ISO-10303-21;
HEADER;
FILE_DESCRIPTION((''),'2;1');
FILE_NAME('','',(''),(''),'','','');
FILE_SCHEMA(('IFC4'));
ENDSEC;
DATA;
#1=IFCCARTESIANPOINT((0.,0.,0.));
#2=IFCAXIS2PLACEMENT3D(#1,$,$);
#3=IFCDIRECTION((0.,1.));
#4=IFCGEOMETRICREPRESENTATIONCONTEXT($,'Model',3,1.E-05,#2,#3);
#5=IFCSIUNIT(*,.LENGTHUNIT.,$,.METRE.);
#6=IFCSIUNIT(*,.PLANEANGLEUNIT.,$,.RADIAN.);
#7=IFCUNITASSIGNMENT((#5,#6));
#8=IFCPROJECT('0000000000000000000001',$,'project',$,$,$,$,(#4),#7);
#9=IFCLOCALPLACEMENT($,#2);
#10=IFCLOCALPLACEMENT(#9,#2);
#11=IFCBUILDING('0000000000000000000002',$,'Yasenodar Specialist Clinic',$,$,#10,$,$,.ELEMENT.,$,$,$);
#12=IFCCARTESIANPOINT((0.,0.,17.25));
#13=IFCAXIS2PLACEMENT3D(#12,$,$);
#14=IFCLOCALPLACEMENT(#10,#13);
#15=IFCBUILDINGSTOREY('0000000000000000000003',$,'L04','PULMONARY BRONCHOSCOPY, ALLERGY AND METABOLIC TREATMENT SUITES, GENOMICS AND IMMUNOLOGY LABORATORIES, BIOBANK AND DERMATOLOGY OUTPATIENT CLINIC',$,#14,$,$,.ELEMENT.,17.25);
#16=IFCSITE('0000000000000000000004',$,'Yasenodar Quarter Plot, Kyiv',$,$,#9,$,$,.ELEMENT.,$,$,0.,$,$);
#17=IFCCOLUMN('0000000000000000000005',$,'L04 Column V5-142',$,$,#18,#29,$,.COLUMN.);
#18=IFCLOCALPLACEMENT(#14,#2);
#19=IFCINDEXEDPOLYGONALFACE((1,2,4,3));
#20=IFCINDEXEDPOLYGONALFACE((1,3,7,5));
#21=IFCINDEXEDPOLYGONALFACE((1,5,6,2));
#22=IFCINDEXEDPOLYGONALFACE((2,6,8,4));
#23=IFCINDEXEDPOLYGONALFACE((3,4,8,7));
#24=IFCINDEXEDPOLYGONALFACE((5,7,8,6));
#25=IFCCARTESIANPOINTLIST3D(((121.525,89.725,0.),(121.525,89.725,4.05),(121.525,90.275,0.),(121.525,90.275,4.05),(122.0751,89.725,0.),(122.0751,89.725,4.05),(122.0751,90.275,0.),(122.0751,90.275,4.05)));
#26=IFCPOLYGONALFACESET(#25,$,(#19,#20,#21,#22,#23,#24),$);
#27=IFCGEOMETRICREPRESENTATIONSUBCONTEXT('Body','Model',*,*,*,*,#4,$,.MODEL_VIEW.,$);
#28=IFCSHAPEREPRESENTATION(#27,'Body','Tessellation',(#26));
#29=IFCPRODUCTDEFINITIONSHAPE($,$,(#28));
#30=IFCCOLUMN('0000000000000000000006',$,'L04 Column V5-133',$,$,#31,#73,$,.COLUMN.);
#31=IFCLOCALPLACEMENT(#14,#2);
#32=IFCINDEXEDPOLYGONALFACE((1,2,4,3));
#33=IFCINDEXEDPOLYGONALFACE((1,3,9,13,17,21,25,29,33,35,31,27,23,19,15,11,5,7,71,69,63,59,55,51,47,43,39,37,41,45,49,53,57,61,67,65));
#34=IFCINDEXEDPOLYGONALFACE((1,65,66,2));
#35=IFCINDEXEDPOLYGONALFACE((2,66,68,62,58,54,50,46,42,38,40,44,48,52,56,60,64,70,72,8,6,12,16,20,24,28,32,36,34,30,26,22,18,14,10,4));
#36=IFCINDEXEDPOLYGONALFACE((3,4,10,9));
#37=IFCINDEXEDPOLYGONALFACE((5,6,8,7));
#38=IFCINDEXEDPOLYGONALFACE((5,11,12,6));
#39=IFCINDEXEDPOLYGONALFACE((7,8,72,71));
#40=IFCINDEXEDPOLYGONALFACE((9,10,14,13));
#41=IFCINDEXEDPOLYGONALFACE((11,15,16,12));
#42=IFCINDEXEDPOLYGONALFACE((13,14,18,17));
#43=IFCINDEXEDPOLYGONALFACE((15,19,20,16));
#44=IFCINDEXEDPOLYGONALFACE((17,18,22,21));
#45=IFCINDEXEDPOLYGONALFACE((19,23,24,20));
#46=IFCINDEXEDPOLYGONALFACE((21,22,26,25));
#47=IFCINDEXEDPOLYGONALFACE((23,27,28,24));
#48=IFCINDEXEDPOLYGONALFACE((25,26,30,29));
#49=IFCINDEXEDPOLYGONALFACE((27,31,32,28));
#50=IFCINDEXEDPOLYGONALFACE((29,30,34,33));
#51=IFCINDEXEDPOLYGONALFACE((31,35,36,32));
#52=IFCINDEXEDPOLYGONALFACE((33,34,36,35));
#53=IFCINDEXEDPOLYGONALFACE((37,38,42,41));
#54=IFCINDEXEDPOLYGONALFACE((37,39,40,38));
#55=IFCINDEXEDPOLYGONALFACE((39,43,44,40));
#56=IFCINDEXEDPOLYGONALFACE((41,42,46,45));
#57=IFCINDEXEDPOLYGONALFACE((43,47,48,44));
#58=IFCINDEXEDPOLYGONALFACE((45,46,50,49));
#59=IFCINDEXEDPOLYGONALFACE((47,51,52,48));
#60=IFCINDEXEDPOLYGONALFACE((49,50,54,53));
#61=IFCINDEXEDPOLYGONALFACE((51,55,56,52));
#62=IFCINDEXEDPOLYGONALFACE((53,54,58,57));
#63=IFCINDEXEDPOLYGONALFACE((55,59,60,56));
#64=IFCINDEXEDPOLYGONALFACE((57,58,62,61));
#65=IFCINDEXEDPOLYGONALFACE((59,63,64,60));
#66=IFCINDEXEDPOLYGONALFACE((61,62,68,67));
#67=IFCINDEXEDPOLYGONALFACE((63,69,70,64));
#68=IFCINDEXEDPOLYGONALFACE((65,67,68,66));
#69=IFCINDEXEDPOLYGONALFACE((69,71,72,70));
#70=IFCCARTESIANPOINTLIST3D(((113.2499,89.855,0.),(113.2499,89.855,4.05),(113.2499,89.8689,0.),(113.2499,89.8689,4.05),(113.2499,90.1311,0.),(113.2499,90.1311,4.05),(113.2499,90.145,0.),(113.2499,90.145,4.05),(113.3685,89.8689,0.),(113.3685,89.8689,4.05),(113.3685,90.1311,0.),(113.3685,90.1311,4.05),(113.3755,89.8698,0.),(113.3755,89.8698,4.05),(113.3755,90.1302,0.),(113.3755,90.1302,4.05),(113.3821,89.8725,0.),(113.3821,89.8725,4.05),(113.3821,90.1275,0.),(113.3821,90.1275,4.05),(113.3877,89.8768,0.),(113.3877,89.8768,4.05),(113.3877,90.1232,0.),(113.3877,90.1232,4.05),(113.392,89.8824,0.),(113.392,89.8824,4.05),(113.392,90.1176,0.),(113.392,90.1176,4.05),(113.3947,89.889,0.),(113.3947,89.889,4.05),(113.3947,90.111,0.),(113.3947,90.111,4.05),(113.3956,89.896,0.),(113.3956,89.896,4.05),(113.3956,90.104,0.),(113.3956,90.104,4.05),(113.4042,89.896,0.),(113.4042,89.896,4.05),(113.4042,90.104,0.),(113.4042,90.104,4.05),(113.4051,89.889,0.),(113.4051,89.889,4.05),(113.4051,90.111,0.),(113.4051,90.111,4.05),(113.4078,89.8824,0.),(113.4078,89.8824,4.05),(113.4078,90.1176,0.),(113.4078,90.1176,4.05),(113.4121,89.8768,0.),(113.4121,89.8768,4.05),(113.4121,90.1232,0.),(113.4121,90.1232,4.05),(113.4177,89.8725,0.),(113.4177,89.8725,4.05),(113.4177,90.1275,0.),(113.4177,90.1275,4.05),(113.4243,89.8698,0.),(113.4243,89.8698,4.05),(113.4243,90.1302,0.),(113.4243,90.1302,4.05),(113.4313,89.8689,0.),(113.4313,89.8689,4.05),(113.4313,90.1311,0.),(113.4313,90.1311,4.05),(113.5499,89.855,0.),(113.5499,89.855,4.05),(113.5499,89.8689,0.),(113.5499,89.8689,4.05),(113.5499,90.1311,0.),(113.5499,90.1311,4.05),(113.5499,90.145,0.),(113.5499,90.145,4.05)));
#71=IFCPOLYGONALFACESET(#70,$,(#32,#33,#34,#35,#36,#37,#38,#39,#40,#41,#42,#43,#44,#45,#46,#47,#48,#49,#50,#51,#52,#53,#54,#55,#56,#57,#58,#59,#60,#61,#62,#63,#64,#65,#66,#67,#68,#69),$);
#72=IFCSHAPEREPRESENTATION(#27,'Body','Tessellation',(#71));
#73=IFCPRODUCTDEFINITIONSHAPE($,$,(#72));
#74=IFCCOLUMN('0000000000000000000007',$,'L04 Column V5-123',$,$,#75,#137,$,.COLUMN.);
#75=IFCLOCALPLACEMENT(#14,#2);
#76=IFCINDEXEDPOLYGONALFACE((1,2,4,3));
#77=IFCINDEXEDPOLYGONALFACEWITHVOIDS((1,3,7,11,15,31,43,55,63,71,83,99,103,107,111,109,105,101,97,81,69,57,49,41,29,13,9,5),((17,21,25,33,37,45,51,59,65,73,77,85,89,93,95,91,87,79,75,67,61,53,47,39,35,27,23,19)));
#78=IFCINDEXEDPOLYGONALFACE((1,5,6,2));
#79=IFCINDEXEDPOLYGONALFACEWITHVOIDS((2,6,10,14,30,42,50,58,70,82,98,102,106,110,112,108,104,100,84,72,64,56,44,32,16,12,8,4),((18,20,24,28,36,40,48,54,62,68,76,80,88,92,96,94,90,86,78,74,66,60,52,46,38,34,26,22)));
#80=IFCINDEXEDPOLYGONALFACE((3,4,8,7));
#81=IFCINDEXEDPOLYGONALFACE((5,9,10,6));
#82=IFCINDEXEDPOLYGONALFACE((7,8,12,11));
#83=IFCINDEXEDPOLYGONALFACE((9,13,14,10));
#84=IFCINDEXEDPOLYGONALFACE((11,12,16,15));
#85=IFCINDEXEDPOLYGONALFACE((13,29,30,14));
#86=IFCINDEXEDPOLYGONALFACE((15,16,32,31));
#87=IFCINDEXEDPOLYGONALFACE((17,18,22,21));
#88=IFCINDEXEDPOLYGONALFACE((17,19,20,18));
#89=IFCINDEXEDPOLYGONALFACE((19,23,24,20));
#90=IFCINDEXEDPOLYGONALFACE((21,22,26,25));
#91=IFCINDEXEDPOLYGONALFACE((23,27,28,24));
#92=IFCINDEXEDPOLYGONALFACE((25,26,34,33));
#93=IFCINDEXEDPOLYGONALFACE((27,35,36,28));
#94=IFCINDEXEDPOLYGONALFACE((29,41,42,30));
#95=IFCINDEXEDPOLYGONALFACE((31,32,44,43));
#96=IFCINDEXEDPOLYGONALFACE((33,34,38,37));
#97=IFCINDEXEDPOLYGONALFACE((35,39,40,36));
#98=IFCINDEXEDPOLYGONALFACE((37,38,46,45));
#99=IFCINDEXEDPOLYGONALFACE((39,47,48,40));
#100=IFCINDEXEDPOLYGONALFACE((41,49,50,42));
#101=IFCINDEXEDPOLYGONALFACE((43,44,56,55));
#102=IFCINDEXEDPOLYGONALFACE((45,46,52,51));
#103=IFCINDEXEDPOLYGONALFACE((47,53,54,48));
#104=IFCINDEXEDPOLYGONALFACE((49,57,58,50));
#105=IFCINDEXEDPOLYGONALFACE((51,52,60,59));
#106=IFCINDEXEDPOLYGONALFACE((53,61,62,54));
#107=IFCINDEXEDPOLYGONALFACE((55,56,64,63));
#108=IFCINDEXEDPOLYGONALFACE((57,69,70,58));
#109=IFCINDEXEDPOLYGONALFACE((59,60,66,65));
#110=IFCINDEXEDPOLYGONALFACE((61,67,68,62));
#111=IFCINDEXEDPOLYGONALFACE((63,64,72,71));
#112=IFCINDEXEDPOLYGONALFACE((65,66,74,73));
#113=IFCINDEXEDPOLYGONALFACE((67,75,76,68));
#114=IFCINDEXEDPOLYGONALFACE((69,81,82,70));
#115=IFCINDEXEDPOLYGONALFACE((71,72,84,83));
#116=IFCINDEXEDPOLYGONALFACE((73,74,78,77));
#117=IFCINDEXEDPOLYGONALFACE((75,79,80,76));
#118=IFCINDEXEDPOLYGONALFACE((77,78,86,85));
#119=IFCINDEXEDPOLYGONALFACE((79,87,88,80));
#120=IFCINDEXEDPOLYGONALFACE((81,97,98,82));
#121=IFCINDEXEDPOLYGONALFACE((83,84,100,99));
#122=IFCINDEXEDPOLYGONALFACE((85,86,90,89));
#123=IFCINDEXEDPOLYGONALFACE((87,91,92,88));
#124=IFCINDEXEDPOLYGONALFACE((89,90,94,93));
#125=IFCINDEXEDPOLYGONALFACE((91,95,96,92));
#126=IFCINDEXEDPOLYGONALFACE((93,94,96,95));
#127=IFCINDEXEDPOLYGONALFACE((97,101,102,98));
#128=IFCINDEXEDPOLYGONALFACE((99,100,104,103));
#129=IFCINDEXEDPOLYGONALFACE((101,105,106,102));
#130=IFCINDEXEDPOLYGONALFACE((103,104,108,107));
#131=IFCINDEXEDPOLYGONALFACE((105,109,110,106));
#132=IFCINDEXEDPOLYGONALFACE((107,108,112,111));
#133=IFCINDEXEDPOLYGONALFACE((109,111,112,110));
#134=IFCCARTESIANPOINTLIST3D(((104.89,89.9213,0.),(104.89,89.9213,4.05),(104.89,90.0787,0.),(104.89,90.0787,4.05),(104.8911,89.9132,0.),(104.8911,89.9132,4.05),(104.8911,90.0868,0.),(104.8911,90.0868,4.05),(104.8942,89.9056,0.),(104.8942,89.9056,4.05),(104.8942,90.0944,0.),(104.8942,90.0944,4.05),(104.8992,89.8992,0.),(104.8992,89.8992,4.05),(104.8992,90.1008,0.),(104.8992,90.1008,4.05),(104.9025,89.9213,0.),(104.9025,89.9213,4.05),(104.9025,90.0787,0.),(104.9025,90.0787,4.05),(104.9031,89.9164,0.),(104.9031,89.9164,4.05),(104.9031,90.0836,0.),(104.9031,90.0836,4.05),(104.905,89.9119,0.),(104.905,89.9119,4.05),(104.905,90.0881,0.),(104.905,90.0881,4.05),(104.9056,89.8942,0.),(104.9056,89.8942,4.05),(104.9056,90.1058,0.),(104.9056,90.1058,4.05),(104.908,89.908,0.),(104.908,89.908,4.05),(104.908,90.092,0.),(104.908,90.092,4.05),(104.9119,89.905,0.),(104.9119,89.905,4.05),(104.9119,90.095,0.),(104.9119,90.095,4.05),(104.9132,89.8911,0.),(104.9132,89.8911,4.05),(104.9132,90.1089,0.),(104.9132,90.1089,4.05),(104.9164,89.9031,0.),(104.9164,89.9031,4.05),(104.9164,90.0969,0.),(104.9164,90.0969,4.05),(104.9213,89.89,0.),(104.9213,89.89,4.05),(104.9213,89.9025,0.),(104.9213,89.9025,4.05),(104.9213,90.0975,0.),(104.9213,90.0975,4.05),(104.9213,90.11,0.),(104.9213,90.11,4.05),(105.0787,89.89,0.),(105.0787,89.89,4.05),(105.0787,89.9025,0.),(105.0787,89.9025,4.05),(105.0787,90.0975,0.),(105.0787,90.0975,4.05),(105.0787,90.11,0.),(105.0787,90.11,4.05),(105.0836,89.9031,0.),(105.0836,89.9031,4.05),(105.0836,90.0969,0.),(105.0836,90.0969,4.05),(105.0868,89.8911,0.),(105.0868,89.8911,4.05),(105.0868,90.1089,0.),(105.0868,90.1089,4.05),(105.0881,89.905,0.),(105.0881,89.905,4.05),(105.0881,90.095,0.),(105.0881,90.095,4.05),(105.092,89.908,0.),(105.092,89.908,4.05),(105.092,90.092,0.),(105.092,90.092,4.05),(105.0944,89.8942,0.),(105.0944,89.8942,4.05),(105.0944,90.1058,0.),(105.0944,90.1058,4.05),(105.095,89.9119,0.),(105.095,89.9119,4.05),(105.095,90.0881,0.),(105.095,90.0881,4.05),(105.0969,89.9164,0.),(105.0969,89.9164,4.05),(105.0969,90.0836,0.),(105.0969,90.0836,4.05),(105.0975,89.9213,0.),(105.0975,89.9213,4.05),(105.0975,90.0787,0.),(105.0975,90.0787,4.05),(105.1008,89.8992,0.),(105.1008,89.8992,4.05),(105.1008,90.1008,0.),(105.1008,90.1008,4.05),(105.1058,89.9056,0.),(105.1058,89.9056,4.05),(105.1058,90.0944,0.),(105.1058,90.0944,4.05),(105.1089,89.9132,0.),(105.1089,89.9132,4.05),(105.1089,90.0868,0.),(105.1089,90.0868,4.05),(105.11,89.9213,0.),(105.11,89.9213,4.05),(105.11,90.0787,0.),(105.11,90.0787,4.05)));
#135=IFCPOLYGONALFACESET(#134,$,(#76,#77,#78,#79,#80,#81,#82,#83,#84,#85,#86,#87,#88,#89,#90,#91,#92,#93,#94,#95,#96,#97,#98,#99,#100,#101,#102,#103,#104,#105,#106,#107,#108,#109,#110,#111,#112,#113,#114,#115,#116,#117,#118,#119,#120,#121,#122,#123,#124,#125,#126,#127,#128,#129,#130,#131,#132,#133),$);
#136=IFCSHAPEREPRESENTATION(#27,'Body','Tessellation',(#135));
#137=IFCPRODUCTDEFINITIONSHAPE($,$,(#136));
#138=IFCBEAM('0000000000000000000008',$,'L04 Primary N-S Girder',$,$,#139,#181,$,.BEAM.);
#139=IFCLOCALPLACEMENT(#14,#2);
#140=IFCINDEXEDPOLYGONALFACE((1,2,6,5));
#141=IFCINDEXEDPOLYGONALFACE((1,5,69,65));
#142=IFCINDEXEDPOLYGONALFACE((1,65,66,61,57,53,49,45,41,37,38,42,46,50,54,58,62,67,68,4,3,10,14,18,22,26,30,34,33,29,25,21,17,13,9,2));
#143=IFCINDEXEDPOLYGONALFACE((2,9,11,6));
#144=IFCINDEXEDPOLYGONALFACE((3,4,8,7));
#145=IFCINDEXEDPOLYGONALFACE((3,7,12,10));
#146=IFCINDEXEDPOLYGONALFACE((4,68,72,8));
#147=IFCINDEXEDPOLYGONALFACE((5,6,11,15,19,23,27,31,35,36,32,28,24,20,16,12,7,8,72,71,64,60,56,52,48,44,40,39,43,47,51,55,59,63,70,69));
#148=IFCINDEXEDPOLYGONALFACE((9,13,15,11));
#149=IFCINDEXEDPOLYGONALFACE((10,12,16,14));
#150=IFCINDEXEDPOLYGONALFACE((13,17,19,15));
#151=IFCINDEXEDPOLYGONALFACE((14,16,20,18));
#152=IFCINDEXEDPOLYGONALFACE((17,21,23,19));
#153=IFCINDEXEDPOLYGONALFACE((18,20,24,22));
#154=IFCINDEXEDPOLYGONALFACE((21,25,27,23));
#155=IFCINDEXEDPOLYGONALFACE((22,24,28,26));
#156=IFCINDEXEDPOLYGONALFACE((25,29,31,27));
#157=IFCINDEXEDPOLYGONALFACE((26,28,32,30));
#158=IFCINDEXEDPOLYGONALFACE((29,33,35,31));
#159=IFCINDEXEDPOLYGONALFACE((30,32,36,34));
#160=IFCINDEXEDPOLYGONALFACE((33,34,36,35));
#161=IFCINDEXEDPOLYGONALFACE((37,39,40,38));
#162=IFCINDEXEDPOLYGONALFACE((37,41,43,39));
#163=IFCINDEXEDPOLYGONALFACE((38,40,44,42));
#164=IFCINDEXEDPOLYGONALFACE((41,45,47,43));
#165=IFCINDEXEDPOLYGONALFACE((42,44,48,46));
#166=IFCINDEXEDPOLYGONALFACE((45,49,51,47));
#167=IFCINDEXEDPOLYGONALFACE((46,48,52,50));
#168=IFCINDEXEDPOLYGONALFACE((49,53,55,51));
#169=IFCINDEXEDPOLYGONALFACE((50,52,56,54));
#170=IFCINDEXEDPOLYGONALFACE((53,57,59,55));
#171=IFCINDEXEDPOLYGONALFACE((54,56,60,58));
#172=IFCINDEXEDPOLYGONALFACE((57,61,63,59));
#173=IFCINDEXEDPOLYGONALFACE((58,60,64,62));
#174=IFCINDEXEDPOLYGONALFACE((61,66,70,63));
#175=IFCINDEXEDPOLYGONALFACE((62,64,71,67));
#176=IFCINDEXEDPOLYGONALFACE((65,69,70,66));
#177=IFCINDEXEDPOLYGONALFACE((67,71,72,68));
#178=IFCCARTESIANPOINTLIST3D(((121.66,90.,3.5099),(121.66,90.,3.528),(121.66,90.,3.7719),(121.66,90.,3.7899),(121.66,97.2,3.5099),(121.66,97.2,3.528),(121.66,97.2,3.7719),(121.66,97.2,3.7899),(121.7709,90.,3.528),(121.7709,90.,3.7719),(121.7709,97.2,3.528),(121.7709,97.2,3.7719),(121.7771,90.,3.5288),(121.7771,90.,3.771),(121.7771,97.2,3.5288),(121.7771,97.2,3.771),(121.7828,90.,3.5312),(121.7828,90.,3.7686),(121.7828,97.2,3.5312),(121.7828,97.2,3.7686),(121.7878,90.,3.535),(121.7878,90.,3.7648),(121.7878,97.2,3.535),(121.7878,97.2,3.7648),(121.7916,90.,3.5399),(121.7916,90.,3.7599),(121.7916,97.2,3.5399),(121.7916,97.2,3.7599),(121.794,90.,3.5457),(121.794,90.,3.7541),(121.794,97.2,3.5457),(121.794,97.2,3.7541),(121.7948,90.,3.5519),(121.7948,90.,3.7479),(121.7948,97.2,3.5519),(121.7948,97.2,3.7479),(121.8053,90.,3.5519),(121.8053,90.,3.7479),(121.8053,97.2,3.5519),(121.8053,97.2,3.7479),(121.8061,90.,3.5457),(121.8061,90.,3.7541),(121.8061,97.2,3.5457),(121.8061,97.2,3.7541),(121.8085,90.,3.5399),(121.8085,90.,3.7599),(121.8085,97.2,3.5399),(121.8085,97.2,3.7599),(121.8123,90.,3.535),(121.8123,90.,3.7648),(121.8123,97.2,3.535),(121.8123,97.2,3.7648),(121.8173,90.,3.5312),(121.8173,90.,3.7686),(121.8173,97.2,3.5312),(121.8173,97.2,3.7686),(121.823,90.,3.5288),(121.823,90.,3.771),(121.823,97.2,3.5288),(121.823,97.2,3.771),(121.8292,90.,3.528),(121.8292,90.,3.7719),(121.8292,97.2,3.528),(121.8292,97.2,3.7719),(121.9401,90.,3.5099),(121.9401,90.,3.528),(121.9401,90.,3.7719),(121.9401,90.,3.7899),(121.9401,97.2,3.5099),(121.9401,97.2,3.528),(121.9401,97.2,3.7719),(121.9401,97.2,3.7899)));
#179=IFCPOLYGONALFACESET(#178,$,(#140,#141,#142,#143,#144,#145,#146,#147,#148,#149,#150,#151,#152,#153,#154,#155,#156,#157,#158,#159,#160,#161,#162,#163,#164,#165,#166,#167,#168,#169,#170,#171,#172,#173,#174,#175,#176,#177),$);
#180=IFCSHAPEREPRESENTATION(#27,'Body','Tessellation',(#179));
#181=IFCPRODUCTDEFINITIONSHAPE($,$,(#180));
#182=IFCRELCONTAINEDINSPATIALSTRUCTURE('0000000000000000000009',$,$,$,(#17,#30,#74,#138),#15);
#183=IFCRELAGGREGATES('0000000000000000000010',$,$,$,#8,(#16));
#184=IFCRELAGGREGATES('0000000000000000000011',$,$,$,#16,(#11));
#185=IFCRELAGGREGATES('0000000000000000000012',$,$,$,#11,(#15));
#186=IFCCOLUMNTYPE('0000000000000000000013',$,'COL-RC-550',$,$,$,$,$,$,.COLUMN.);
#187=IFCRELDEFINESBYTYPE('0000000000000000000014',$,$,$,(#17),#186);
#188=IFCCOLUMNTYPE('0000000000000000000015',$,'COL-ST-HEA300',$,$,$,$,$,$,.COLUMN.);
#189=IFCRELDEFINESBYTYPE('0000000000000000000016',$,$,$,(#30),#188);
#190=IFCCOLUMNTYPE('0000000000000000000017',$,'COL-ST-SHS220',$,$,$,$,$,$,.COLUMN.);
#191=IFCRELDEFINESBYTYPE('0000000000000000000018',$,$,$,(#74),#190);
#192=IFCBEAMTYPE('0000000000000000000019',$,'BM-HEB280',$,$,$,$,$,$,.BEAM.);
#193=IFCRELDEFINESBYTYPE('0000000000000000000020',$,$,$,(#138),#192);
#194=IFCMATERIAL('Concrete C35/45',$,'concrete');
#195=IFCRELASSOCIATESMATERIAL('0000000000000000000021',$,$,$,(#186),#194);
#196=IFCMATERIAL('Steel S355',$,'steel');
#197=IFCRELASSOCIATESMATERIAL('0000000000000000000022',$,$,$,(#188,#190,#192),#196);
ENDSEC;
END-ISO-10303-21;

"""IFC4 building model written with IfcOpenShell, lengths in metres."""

from ifc_helpers import new_model, si_unit, direction, frame, origin, origin_2d, place, context, subcontext, project, spatial, rectangle, hollow_rectangle, i_section, extrude, material, material_profile, profile_set, type_object, element, save


model = new_model("IFC4")

# Units and contexts
model_context = context("Model", 3, precision=1e-05, world=origin(), true_north=direction((0.0, 1.0)))
body_context = subcontext(model_context, "Body", "Model", "MODEL_VIEW")
ifc_project = project(units=[si_unit("LENGTHUNIT", "METRE"), si_unit("PLANEANGLEUNIT", "RADIAN")], contexts=[model_context])

# Site, building, storey
site_placement = place(None, origin())
site = spatial("IfcSite", under=ifc_project, at=site_placement, Name="Yasenodar Quarter Plot, Kyiv", CompositionType="ELEMENT", RefElevation=0.0)
building_placement = place(site_placement, origin())
building = spatial("IfcBuilding", under=site, at=building_placement, Name="Yasenodar Specialist Clinic", CompositionType="ELEMENT")
storey_placement = place(building_placement, frame((0.0, 0.0, 17.25)))
storey = spatial("IfcBuildingStorey", under=building, at=storey_placement, Name="L04", Description="PULMONARY BRONCHOSCOPY, ALLERGY AND METABOLIC TREATMENT SUITES, GENOMICS AND IMMUNOLOGY LABORATORIES, BIOBANK AND DERMATOLOGY OUTPATIENT CLINIC", CompositionType="ELEMENT", Elevation=17.25)

# Columns
ifc_material_1 = material(Name="Concrete C35/45", Category="concrete")
ifc_material_profile_1 = material_profile(ifc_material_1, rectangle(XDim=0.55, YDim=0.55, at=origin_2d()), Name="RC 550x550")
ifc_profile_set_1 = profile_set([ifc_material_profile_1], Name="Concrete C35/45")
column_type_1 = type_object("IfcColumnType", Name="COL-RC-550", PredefinedType="COLUMN", material=ifc_profile_set_1)
column_1_placement = place(storey_placement, frame((121.8, 90.0, 0.0), z_axis=(0.0, 0.0, 1.0), x_axis=(1.0, 0.0, 0.0)))
element("IfcColumn", 1, at=column_1_placement, inside=storey, type_object=column_type_1, Name="L04 Column V5-142", PredefinedType="COLUMN", context=body_context, shape_type="SweptSolid", body=[
    extrude(rectangle(XDim=0.55, YDim=0.55, at=origin_2d()), origin(), (0.0, 0.0, 1.0), 4.05),
])
ifc_material_2 = material(Name="Steel S355", Category="steel")
ifc_material_profile_2 = material_profile(ifc_material_2, i_section(OverallWidth=0.3, OverallDepth=0.29, WebThickness=0.0085, FlangeThickness=0.0139, FilletRadius=0.0271, at=origin_2d()), Name="HEA 300")
ifc_profile_set_2 = profile_set([ifc_material_profile_2], Name="Steel S355")
column_type_2 = type_object("IfcColumnType", Name="COL-ST-HEA300", PredefinedType="COLUMN", material=ifc_profile_set_2)
column_2_placement = place(storey_placement, frame((113.3999, 90.0, 0.0), z_axis=(0.0, 0.0, 1.0), x_axis=(1.0, 0.0, 0.0)))
element("IfcColumn", 2, at=column_2_placement, inside=storey, type_object=column_type_2, Name="L04 Column V5-133", PredefinedType="COLUMN", context=body_context, shape_type="SweptSolid", body=[
    extrude(i_section(OverallWidth=0.3, OverallDepth=0.29, WebThickness=0.0085, FlangeThickness=0.0139, FilletRadius=0.0271, at=origin_2d()), origin(), (0.0, 0.0, 1.0), 4.05),
])
ifc_material_profile_3 = material_profile(ifc_material_2, hollow_rectangle(XDim=0.22, YDim=0.22, WallThickness=0.0125, InnerFilletRadius=0.0188, OuterFilletRadius=0.0312, at=origin_2d()), Name="SHS 220x220x12.5")
ifc_profile_set_3 = profile_set([ifc_material_profile_3], Name="Steel S355")
column_type_3 = type_object("IfcColumnType", Name="COL-ST-SHS220", PredefinedType="COLUMN", material=ifc_profile_set_3)
column_3_placement = place(storey_placement, frame((105.0, 90.0, 0.0), z_axis=(0.0, 0.0, 1.0), x_axis=(1.0, 0.0, 0.0)))
element("IfcColumn", 3, at=column_3_placement, inside=storey, type_object=column_type_3, Name="L04 Column V5-123", PredefinedType="COLUMN", context=body_context, shape_type="SweptSolid", body=[
    extrude(hollow_rectangle(XDim=0.22, YDim=0.22, WallThickness=0.0125, InnerFilletRadius=0.0188, OuterFilletRadius=0.0312, at=origin_2d()), origin(), (0.0, 0.0, 1.0), 4.05),
])

# Beam
ifc_material_profile_4 = material_profile(ifc_material_2, i_section(OverallWidth=0.28, OverallDepth=0.28, WebThickness=0.0105, FlangeThickness=0.0181, FilletRadius=0.0239, at=origin_2d()), Name="HEB 280")
ifc_profile_set_4 = profile_set([ifc_material_profile_4], Name="Steel S355")
beam_type_1 = type_object("IfcBeamType", Name="BM-HEB280", PredefinedType="BEAM", material=ifc_profile_set_4)
beam_1_placement = place(storey_placement, frame((121.8, 90.0, 3.6499), z_axis=(0.0, 1.0, 0.0), x_axis=(-1.0, 0.0, 0.0)))
element("IfcBeam", 4, at=beam_1_placement, inside=storey, type_object=beam_type_1, Name="L04 Primary N-S Girder", PredefinedType="BEAM", context=body_context, shape_type="SweptSolid", body=[
    extrude(i_section(OverallWidth=0.28, OverallDepth=0.28, WebThickness=0.0105, FlangeThickness=0.0181, FilletRadius=0.0239, at=origin_2d()), origin(), (0.0, 0.0, 1.0), 7.2),
])

save(model, "model.ifc")
